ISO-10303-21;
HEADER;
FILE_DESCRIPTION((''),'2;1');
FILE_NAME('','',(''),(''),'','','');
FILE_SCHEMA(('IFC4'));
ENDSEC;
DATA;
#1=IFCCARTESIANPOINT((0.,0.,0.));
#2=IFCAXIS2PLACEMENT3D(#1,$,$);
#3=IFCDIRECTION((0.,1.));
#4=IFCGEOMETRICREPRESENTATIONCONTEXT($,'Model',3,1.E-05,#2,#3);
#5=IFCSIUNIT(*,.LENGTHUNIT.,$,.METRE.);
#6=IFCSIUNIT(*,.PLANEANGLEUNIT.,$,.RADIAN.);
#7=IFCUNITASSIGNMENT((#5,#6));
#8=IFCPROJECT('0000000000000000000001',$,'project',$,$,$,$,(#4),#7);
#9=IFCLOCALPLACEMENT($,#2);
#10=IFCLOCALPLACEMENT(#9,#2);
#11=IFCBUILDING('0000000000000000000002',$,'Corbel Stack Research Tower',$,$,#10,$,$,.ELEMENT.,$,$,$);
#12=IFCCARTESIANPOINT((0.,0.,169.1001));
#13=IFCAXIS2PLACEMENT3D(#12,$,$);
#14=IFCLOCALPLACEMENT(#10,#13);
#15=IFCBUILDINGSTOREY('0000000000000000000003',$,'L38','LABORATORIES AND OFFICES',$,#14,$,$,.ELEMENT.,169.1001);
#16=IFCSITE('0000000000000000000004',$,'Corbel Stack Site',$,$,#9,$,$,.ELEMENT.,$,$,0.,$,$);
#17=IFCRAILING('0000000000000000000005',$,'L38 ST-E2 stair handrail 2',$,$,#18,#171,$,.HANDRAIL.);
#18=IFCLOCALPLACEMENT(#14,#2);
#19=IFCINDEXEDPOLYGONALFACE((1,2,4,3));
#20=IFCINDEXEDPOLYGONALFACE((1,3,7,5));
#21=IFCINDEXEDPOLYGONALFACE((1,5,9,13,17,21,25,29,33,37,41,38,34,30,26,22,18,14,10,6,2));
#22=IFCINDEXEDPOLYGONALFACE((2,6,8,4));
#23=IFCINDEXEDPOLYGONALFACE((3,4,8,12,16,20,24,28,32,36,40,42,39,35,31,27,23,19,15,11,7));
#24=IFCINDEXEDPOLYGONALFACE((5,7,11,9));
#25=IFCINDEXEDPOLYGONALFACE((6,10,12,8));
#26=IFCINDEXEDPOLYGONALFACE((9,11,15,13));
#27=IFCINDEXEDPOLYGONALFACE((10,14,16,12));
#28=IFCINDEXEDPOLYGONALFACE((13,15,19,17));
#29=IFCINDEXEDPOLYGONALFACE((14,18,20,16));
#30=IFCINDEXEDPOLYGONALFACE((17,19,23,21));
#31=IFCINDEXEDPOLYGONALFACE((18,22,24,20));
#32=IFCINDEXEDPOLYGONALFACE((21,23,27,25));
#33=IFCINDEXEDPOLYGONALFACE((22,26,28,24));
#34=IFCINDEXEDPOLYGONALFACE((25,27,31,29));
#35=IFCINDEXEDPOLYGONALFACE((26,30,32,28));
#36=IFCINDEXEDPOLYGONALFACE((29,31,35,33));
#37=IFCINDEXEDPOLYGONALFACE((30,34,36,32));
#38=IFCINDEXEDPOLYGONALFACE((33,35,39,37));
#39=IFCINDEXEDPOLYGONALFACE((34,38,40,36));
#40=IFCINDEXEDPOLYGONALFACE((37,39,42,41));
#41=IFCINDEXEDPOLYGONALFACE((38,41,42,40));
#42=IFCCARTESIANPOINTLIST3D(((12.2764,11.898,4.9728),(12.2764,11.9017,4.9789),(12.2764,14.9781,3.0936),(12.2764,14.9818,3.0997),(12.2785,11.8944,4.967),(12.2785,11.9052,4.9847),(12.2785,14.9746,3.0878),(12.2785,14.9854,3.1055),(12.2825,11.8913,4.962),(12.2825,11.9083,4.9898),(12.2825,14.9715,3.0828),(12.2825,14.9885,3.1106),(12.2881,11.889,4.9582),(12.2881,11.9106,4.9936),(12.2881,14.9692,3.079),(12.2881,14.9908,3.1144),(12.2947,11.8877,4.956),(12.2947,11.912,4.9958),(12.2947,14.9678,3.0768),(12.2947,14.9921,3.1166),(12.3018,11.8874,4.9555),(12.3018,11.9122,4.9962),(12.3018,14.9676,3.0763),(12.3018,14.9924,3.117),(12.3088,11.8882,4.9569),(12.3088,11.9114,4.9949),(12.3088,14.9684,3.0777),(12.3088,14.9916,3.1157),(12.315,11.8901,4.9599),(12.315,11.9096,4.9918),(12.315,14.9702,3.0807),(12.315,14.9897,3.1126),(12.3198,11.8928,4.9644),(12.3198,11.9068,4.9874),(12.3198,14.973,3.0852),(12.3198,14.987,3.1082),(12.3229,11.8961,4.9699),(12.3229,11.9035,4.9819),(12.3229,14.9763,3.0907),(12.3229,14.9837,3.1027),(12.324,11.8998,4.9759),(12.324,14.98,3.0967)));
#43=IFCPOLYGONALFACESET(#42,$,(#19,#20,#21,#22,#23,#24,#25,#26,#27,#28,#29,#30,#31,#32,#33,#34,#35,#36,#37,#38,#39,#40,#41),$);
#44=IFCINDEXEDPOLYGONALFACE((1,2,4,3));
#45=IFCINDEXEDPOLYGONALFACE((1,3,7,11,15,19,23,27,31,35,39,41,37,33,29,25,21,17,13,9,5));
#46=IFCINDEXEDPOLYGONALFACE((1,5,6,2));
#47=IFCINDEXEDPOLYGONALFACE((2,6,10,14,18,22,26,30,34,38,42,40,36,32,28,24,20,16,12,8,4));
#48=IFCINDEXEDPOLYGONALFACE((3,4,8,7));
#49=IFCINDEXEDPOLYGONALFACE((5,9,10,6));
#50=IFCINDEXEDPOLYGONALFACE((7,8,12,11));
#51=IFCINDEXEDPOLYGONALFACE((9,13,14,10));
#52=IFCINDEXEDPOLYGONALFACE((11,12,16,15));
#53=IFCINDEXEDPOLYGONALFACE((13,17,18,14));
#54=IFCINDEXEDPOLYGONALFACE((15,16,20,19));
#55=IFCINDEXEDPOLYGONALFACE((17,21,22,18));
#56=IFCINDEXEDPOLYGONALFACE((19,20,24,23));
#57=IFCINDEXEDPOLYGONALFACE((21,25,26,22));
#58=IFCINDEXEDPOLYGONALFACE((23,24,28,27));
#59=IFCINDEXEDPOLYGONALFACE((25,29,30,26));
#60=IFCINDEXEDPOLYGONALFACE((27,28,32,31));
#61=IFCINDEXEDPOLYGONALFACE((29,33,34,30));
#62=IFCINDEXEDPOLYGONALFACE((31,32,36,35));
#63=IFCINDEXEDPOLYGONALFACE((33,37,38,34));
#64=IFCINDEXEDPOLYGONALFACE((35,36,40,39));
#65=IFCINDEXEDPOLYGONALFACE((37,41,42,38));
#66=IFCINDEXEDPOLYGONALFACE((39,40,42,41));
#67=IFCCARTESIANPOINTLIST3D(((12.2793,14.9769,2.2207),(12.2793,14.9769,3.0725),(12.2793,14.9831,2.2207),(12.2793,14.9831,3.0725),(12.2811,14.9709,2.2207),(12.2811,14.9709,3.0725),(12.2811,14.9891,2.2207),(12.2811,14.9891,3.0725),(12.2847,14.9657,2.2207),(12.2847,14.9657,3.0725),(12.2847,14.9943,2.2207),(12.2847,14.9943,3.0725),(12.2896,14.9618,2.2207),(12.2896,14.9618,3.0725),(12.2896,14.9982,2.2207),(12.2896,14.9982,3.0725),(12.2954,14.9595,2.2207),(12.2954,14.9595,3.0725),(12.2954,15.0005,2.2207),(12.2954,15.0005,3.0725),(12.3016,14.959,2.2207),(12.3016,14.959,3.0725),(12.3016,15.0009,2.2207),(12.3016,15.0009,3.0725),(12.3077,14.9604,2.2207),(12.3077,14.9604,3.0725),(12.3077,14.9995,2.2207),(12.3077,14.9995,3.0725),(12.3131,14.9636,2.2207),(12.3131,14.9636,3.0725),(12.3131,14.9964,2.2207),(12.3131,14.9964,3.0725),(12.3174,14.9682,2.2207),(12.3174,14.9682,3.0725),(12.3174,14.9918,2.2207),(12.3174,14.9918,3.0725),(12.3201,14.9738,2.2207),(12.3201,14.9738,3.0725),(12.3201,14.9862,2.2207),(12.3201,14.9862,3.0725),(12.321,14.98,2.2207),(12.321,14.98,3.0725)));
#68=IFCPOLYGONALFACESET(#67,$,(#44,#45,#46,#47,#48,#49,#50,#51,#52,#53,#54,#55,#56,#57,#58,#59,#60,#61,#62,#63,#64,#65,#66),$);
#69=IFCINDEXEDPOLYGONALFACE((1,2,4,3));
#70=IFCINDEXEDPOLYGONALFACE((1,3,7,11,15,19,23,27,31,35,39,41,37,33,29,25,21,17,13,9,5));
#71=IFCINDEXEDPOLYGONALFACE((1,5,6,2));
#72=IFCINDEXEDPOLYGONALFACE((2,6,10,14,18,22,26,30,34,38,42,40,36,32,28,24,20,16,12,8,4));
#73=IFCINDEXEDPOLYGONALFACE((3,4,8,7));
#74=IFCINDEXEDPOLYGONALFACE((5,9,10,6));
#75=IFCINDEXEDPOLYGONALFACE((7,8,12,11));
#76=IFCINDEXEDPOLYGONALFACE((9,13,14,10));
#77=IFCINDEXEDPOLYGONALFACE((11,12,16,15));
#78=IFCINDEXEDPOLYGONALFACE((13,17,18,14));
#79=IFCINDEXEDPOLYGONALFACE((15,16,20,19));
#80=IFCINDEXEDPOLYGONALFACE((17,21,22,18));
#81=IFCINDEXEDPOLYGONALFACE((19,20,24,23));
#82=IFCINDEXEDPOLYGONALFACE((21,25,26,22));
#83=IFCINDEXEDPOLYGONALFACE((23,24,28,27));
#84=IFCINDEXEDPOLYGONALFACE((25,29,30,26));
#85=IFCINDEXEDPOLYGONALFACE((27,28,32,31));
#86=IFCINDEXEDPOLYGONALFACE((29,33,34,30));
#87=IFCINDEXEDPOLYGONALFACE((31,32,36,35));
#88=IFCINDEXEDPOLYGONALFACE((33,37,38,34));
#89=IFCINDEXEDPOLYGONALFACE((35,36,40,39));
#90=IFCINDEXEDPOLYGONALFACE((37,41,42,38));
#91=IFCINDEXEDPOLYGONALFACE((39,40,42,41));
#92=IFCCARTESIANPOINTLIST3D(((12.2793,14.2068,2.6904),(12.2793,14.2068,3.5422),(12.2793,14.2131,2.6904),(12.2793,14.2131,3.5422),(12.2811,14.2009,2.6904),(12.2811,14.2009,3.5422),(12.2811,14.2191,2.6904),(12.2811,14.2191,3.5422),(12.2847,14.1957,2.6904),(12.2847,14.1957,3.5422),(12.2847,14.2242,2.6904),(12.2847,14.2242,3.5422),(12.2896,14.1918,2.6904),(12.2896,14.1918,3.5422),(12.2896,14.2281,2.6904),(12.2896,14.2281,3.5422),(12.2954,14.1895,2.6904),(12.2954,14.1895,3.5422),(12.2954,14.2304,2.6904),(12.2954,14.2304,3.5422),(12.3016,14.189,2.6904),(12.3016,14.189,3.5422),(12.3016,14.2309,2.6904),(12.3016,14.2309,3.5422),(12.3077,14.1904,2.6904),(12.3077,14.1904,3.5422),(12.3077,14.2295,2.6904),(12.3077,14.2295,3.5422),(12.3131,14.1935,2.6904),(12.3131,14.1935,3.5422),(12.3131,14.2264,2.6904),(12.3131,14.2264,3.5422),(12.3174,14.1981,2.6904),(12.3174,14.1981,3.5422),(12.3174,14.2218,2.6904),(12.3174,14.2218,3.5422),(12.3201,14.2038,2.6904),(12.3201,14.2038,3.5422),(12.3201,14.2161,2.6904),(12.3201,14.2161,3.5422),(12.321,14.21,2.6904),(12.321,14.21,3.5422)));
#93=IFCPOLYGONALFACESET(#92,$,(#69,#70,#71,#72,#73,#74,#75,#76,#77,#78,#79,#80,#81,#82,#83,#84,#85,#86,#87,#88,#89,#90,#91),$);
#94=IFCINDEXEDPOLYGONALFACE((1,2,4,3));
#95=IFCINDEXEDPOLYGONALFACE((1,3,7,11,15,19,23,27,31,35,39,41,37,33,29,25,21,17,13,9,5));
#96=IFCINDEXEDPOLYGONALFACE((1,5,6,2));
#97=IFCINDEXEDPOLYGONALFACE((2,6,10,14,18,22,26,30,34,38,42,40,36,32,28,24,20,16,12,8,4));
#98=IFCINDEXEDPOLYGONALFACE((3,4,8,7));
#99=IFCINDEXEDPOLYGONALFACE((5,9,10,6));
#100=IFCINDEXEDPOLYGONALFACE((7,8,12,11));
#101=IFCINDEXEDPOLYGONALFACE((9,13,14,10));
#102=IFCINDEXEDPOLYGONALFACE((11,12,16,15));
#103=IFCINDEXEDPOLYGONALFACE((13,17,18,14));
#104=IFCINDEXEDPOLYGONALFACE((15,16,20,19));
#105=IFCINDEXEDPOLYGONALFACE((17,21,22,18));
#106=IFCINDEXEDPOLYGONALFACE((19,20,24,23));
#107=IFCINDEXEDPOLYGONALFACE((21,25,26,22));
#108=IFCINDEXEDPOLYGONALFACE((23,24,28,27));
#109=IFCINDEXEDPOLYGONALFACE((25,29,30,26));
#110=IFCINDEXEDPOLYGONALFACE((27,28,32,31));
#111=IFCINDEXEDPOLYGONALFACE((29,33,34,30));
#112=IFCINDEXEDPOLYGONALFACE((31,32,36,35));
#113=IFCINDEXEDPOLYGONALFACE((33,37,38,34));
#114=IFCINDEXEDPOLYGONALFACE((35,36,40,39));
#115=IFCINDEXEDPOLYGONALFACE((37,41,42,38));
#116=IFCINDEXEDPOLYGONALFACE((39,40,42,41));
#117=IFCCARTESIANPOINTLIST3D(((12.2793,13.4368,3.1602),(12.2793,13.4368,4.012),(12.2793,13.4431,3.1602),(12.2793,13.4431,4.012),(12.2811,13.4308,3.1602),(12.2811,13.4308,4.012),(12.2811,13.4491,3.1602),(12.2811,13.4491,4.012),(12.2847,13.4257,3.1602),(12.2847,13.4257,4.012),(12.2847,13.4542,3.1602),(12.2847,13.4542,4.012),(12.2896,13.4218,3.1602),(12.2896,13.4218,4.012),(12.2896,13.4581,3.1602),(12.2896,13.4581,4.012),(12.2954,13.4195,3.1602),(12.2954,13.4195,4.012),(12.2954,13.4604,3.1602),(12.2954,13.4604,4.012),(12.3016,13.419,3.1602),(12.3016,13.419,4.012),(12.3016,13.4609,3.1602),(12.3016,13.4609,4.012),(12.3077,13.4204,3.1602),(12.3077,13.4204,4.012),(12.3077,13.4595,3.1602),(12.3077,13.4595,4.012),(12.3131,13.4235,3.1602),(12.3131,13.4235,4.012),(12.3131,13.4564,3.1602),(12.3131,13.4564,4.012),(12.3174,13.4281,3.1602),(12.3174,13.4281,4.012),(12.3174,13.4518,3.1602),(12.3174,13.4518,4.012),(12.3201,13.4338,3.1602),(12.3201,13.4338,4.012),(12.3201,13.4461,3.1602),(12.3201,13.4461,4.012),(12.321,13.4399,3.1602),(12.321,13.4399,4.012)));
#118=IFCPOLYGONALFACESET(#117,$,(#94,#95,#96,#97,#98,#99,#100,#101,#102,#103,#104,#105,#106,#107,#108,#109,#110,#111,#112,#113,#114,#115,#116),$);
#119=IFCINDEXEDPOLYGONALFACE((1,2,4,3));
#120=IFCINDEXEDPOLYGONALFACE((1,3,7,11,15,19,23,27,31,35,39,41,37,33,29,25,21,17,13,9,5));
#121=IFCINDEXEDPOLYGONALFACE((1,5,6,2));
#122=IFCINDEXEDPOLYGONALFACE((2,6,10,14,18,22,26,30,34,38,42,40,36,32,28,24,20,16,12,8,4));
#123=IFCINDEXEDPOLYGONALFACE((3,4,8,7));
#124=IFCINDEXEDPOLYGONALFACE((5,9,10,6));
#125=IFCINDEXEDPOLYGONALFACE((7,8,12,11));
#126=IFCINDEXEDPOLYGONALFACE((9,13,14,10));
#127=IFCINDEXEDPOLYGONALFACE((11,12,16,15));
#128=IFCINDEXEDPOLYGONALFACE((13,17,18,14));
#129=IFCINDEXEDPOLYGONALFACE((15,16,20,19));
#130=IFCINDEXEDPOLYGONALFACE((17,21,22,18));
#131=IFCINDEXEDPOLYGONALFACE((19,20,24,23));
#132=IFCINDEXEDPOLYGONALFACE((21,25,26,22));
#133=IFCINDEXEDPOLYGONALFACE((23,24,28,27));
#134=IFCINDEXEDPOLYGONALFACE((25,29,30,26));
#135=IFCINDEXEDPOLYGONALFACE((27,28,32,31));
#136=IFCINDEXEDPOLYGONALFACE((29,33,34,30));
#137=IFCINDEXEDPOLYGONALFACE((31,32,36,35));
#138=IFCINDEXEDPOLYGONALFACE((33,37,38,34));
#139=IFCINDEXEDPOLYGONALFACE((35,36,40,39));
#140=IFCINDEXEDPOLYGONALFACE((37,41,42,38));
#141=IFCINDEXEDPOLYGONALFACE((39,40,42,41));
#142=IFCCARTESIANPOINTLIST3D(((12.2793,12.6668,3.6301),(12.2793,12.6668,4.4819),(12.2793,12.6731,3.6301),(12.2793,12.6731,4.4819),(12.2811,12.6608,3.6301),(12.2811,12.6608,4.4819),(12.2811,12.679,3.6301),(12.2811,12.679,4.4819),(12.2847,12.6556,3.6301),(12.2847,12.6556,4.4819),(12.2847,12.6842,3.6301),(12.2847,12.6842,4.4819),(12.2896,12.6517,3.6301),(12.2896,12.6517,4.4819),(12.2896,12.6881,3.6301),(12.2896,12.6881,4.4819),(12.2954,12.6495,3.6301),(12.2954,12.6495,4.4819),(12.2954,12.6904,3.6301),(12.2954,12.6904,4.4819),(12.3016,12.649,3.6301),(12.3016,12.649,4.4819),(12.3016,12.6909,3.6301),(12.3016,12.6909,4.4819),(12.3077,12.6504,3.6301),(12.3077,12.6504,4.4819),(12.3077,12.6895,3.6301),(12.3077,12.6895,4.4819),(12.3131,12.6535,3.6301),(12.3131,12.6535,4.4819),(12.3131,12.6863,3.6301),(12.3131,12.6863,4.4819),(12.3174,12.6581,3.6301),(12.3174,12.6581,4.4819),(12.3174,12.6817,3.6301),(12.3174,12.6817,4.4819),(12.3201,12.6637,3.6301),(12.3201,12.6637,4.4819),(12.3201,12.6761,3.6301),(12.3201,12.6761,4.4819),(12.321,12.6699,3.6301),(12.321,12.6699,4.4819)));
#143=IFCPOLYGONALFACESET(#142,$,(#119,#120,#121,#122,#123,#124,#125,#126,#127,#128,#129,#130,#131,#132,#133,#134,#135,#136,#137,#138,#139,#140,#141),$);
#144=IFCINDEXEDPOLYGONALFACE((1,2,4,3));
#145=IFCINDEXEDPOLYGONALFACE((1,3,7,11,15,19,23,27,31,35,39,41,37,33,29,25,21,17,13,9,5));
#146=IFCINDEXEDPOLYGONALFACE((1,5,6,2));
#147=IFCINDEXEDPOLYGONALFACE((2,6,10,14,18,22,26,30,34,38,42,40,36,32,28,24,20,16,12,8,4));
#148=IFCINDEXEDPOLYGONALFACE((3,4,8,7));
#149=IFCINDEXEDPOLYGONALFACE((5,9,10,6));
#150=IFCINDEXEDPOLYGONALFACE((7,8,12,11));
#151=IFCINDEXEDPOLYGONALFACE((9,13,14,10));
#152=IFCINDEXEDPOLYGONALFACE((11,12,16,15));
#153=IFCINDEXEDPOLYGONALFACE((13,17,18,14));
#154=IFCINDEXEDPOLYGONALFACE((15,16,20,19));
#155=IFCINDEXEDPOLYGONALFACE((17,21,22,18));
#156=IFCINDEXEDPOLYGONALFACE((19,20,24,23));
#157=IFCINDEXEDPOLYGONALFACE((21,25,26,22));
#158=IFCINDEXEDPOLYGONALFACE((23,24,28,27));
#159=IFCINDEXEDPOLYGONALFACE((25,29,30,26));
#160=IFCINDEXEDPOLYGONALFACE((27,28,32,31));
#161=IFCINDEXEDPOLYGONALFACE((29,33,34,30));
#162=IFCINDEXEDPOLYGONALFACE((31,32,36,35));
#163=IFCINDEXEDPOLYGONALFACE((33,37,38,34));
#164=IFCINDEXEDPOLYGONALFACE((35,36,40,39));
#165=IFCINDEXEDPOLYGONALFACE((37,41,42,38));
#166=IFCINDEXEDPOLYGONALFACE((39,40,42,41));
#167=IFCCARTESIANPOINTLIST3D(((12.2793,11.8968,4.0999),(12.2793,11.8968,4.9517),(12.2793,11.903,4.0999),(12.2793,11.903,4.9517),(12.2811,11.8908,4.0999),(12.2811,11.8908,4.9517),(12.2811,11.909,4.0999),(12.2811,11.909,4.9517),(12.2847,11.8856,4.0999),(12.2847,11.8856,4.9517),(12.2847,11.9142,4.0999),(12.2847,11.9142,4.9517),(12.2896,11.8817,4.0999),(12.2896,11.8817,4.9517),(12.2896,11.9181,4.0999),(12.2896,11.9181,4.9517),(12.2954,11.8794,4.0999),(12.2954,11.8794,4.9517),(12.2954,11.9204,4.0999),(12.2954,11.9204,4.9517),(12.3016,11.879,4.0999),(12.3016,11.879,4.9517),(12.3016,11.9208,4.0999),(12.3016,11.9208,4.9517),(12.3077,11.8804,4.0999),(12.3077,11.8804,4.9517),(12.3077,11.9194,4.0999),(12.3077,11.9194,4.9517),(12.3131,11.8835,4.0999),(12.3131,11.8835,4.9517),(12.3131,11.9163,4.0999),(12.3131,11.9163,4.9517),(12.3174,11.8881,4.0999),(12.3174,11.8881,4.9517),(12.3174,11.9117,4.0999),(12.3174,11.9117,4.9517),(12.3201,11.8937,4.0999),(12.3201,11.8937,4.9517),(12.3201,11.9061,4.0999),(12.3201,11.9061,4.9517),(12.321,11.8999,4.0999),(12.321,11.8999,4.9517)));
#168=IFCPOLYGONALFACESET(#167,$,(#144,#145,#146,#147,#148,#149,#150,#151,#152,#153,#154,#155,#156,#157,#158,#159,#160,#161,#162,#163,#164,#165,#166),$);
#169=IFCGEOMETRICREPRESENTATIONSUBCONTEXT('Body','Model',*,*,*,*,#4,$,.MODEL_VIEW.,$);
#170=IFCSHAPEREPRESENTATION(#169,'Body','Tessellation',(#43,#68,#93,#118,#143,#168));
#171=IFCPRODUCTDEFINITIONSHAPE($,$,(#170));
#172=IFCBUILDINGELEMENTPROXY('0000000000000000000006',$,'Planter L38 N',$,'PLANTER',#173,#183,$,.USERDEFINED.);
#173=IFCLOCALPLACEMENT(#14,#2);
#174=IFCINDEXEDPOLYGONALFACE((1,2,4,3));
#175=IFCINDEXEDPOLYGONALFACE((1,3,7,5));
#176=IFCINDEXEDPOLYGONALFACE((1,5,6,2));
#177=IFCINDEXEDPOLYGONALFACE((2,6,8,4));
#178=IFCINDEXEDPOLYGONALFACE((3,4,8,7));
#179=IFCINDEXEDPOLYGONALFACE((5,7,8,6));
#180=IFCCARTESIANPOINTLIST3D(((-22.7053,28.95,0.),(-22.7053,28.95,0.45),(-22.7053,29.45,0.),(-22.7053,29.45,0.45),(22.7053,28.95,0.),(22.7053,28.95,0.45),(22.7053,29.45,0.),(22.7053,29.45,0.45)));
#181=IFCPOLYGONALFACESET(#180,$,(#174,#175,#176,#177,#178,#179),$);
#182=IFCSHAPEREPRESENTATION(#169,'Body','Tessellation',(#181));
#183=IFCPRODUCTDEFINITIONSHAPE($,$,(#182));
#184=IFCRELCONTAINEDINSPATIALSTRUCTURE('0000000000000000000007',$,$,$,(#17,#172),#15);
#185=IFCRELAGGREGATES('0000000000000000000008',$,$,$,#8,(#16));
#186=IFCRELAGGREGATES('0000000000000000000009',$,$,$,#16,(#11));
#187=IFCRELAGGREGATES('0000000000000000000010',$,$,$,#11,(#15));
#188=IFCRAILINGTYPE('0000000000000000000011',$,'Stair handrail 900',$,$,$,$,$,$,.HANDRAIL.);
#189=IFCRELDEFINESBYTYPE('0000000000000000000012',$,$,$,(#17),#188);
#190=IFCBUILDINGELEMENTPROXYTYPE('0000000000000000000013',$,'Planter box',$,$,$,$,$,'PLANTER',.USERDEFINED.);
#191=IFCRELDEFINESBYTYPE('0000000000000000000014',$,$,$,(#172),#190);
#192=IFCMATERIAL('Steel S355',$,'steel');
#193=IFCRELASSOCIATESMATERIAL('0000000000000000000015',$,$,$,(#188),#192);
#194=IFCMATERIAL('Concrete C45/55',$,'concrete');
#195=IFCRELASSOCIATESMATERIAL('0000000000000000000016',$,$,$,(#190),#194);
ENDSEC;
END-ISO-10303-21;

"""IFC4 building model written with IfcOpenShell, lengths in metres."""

from ifc_helpers import new_model, si_unit, direction, frame, origin, origin_2d, place, context, subcontext, project, spatial, rectangle, circle, extrude, material, type_object, element, save


model = new_model("IFC4")

# Units and contexts
model_context = context("Model", 3, precision=1e-05, world=origin(), true_north=direction((0.0, 1.0)))
body_context = subcontext(model_context, "Body", "Model", "MODEL_VIEW")
ifc_project = project(units=[si_unit("LENGTHUNIT", "METRE"), si_unit("PLANEANGLEUNIT", "RADIAN")], contexts=[model_context])

# Site, building, storey
site_placement = place(None, origin())
site = spatial("IfcSite", under=ifc_project, at=site_placement, Name="Corbel Stack Site", CompositionType="ELEMENT", RefElevation=0.0)
building_placement = place(site_placement, origin())
building = spatial("IfcBuilding", under=site, at=building_placement, Name="Corbel Stack Research Tower", CompositionType="ELEMENT")
storey_placement = place(building_placement, frame((0.0, 0.0, 169.1001)))
storey = spatial("IfcBuildingStorey", under=building, at=storey_placement, Name="L38", Description="LABORATORIES AND OFFICES", CompositionType="ELEMENT", Elevation=169.1001)

# Railing
ifc_material_1 = material(Name="Steel S355", Category="steel")
railing_type_1 = type_object("IfcRailingType", Name="Stair handrail 900", PredefinedType="HANDRAIL", material=ifc_material_1)
railing_1_placement = place(storey_placement, frame((12.3, 14.98, 2.2207)))
element("IfcRailing", 1, at=railing_1_placement, inside=storey, type_object=railing_type_1, Name="L38 ST-E2 stair handrail 2", PredefinedType="HANDRAIL", context=body_context, shape_type="SweptSolid", body=[
    extrude(circle(Radius=0.0239, at=origin_2d()), frame((0.0, 0.0, 0.876), z_axis=(0.0, -0.853666, 0.52082), x_axis=(1.0, 0.0, 0.0)), (0.0, 0.0, 1.0), 3.6082),
    extrude(circle(Radius=0.021, at=origin_2d()), origin(), (0.0, 0.0, 1.0), 0.8518),
    extrude(circle(Radius=0.021, at=origin_2d()), frame((0.0, -0.77, 0.4697)), (0.0, 0.0, 1.0), 0.8518),
    extrude(circle(Radius=0.021, at=origin_2d()), frame((0.0, -1.54, 0.9395)), (0.0, 0.0, 1.0), 0.8518),
    extrude(circle(Radius=0.021, at=origin_2d()), frame((0.0, -2.3101, 1.4094)), (0.0, 0.0, 1.0), 0.8518),
    extrude(circle(Radius=0.021, at=origin_2d()), frame((0.0, -3.0801, 1.8792)), (0.0, 0.0, 1.0), 0.8518),
])

# Building element proxy
ifc_material_2 = material(Name="Concrete C45/55", Category="concrete")
building_element_proxy_type = type_object("IfcBuildingElementProxyType", Name="Planter box", ElementType="PLANTER", PredefinedType="USERDEFINED", material=ifc_material_2)
proxy_placement = place(storey_placement, frame((0.0, 29.2, 0.0), z_axis=(0.0, 0.0, 1.0), x_axis=(-1.0, 0.0, 0.0)))
element("IfcBuildingElementProxy", 2, at=proxy_placement, inside=storey, type_object=building_element_proxy_type, Name="Planter L38 N", ObjectType="PLANTER", PredefinedType="USERDEFINED", context=body_context, shape_type="SweptSolid", body=[
    extrude(rectangle(XDim=45.4106, YDim=0.5, at=origin_2d()), origin(), (0.0, 0.0, 1.0), 0.45),
])

save(model, "model.ifc")
